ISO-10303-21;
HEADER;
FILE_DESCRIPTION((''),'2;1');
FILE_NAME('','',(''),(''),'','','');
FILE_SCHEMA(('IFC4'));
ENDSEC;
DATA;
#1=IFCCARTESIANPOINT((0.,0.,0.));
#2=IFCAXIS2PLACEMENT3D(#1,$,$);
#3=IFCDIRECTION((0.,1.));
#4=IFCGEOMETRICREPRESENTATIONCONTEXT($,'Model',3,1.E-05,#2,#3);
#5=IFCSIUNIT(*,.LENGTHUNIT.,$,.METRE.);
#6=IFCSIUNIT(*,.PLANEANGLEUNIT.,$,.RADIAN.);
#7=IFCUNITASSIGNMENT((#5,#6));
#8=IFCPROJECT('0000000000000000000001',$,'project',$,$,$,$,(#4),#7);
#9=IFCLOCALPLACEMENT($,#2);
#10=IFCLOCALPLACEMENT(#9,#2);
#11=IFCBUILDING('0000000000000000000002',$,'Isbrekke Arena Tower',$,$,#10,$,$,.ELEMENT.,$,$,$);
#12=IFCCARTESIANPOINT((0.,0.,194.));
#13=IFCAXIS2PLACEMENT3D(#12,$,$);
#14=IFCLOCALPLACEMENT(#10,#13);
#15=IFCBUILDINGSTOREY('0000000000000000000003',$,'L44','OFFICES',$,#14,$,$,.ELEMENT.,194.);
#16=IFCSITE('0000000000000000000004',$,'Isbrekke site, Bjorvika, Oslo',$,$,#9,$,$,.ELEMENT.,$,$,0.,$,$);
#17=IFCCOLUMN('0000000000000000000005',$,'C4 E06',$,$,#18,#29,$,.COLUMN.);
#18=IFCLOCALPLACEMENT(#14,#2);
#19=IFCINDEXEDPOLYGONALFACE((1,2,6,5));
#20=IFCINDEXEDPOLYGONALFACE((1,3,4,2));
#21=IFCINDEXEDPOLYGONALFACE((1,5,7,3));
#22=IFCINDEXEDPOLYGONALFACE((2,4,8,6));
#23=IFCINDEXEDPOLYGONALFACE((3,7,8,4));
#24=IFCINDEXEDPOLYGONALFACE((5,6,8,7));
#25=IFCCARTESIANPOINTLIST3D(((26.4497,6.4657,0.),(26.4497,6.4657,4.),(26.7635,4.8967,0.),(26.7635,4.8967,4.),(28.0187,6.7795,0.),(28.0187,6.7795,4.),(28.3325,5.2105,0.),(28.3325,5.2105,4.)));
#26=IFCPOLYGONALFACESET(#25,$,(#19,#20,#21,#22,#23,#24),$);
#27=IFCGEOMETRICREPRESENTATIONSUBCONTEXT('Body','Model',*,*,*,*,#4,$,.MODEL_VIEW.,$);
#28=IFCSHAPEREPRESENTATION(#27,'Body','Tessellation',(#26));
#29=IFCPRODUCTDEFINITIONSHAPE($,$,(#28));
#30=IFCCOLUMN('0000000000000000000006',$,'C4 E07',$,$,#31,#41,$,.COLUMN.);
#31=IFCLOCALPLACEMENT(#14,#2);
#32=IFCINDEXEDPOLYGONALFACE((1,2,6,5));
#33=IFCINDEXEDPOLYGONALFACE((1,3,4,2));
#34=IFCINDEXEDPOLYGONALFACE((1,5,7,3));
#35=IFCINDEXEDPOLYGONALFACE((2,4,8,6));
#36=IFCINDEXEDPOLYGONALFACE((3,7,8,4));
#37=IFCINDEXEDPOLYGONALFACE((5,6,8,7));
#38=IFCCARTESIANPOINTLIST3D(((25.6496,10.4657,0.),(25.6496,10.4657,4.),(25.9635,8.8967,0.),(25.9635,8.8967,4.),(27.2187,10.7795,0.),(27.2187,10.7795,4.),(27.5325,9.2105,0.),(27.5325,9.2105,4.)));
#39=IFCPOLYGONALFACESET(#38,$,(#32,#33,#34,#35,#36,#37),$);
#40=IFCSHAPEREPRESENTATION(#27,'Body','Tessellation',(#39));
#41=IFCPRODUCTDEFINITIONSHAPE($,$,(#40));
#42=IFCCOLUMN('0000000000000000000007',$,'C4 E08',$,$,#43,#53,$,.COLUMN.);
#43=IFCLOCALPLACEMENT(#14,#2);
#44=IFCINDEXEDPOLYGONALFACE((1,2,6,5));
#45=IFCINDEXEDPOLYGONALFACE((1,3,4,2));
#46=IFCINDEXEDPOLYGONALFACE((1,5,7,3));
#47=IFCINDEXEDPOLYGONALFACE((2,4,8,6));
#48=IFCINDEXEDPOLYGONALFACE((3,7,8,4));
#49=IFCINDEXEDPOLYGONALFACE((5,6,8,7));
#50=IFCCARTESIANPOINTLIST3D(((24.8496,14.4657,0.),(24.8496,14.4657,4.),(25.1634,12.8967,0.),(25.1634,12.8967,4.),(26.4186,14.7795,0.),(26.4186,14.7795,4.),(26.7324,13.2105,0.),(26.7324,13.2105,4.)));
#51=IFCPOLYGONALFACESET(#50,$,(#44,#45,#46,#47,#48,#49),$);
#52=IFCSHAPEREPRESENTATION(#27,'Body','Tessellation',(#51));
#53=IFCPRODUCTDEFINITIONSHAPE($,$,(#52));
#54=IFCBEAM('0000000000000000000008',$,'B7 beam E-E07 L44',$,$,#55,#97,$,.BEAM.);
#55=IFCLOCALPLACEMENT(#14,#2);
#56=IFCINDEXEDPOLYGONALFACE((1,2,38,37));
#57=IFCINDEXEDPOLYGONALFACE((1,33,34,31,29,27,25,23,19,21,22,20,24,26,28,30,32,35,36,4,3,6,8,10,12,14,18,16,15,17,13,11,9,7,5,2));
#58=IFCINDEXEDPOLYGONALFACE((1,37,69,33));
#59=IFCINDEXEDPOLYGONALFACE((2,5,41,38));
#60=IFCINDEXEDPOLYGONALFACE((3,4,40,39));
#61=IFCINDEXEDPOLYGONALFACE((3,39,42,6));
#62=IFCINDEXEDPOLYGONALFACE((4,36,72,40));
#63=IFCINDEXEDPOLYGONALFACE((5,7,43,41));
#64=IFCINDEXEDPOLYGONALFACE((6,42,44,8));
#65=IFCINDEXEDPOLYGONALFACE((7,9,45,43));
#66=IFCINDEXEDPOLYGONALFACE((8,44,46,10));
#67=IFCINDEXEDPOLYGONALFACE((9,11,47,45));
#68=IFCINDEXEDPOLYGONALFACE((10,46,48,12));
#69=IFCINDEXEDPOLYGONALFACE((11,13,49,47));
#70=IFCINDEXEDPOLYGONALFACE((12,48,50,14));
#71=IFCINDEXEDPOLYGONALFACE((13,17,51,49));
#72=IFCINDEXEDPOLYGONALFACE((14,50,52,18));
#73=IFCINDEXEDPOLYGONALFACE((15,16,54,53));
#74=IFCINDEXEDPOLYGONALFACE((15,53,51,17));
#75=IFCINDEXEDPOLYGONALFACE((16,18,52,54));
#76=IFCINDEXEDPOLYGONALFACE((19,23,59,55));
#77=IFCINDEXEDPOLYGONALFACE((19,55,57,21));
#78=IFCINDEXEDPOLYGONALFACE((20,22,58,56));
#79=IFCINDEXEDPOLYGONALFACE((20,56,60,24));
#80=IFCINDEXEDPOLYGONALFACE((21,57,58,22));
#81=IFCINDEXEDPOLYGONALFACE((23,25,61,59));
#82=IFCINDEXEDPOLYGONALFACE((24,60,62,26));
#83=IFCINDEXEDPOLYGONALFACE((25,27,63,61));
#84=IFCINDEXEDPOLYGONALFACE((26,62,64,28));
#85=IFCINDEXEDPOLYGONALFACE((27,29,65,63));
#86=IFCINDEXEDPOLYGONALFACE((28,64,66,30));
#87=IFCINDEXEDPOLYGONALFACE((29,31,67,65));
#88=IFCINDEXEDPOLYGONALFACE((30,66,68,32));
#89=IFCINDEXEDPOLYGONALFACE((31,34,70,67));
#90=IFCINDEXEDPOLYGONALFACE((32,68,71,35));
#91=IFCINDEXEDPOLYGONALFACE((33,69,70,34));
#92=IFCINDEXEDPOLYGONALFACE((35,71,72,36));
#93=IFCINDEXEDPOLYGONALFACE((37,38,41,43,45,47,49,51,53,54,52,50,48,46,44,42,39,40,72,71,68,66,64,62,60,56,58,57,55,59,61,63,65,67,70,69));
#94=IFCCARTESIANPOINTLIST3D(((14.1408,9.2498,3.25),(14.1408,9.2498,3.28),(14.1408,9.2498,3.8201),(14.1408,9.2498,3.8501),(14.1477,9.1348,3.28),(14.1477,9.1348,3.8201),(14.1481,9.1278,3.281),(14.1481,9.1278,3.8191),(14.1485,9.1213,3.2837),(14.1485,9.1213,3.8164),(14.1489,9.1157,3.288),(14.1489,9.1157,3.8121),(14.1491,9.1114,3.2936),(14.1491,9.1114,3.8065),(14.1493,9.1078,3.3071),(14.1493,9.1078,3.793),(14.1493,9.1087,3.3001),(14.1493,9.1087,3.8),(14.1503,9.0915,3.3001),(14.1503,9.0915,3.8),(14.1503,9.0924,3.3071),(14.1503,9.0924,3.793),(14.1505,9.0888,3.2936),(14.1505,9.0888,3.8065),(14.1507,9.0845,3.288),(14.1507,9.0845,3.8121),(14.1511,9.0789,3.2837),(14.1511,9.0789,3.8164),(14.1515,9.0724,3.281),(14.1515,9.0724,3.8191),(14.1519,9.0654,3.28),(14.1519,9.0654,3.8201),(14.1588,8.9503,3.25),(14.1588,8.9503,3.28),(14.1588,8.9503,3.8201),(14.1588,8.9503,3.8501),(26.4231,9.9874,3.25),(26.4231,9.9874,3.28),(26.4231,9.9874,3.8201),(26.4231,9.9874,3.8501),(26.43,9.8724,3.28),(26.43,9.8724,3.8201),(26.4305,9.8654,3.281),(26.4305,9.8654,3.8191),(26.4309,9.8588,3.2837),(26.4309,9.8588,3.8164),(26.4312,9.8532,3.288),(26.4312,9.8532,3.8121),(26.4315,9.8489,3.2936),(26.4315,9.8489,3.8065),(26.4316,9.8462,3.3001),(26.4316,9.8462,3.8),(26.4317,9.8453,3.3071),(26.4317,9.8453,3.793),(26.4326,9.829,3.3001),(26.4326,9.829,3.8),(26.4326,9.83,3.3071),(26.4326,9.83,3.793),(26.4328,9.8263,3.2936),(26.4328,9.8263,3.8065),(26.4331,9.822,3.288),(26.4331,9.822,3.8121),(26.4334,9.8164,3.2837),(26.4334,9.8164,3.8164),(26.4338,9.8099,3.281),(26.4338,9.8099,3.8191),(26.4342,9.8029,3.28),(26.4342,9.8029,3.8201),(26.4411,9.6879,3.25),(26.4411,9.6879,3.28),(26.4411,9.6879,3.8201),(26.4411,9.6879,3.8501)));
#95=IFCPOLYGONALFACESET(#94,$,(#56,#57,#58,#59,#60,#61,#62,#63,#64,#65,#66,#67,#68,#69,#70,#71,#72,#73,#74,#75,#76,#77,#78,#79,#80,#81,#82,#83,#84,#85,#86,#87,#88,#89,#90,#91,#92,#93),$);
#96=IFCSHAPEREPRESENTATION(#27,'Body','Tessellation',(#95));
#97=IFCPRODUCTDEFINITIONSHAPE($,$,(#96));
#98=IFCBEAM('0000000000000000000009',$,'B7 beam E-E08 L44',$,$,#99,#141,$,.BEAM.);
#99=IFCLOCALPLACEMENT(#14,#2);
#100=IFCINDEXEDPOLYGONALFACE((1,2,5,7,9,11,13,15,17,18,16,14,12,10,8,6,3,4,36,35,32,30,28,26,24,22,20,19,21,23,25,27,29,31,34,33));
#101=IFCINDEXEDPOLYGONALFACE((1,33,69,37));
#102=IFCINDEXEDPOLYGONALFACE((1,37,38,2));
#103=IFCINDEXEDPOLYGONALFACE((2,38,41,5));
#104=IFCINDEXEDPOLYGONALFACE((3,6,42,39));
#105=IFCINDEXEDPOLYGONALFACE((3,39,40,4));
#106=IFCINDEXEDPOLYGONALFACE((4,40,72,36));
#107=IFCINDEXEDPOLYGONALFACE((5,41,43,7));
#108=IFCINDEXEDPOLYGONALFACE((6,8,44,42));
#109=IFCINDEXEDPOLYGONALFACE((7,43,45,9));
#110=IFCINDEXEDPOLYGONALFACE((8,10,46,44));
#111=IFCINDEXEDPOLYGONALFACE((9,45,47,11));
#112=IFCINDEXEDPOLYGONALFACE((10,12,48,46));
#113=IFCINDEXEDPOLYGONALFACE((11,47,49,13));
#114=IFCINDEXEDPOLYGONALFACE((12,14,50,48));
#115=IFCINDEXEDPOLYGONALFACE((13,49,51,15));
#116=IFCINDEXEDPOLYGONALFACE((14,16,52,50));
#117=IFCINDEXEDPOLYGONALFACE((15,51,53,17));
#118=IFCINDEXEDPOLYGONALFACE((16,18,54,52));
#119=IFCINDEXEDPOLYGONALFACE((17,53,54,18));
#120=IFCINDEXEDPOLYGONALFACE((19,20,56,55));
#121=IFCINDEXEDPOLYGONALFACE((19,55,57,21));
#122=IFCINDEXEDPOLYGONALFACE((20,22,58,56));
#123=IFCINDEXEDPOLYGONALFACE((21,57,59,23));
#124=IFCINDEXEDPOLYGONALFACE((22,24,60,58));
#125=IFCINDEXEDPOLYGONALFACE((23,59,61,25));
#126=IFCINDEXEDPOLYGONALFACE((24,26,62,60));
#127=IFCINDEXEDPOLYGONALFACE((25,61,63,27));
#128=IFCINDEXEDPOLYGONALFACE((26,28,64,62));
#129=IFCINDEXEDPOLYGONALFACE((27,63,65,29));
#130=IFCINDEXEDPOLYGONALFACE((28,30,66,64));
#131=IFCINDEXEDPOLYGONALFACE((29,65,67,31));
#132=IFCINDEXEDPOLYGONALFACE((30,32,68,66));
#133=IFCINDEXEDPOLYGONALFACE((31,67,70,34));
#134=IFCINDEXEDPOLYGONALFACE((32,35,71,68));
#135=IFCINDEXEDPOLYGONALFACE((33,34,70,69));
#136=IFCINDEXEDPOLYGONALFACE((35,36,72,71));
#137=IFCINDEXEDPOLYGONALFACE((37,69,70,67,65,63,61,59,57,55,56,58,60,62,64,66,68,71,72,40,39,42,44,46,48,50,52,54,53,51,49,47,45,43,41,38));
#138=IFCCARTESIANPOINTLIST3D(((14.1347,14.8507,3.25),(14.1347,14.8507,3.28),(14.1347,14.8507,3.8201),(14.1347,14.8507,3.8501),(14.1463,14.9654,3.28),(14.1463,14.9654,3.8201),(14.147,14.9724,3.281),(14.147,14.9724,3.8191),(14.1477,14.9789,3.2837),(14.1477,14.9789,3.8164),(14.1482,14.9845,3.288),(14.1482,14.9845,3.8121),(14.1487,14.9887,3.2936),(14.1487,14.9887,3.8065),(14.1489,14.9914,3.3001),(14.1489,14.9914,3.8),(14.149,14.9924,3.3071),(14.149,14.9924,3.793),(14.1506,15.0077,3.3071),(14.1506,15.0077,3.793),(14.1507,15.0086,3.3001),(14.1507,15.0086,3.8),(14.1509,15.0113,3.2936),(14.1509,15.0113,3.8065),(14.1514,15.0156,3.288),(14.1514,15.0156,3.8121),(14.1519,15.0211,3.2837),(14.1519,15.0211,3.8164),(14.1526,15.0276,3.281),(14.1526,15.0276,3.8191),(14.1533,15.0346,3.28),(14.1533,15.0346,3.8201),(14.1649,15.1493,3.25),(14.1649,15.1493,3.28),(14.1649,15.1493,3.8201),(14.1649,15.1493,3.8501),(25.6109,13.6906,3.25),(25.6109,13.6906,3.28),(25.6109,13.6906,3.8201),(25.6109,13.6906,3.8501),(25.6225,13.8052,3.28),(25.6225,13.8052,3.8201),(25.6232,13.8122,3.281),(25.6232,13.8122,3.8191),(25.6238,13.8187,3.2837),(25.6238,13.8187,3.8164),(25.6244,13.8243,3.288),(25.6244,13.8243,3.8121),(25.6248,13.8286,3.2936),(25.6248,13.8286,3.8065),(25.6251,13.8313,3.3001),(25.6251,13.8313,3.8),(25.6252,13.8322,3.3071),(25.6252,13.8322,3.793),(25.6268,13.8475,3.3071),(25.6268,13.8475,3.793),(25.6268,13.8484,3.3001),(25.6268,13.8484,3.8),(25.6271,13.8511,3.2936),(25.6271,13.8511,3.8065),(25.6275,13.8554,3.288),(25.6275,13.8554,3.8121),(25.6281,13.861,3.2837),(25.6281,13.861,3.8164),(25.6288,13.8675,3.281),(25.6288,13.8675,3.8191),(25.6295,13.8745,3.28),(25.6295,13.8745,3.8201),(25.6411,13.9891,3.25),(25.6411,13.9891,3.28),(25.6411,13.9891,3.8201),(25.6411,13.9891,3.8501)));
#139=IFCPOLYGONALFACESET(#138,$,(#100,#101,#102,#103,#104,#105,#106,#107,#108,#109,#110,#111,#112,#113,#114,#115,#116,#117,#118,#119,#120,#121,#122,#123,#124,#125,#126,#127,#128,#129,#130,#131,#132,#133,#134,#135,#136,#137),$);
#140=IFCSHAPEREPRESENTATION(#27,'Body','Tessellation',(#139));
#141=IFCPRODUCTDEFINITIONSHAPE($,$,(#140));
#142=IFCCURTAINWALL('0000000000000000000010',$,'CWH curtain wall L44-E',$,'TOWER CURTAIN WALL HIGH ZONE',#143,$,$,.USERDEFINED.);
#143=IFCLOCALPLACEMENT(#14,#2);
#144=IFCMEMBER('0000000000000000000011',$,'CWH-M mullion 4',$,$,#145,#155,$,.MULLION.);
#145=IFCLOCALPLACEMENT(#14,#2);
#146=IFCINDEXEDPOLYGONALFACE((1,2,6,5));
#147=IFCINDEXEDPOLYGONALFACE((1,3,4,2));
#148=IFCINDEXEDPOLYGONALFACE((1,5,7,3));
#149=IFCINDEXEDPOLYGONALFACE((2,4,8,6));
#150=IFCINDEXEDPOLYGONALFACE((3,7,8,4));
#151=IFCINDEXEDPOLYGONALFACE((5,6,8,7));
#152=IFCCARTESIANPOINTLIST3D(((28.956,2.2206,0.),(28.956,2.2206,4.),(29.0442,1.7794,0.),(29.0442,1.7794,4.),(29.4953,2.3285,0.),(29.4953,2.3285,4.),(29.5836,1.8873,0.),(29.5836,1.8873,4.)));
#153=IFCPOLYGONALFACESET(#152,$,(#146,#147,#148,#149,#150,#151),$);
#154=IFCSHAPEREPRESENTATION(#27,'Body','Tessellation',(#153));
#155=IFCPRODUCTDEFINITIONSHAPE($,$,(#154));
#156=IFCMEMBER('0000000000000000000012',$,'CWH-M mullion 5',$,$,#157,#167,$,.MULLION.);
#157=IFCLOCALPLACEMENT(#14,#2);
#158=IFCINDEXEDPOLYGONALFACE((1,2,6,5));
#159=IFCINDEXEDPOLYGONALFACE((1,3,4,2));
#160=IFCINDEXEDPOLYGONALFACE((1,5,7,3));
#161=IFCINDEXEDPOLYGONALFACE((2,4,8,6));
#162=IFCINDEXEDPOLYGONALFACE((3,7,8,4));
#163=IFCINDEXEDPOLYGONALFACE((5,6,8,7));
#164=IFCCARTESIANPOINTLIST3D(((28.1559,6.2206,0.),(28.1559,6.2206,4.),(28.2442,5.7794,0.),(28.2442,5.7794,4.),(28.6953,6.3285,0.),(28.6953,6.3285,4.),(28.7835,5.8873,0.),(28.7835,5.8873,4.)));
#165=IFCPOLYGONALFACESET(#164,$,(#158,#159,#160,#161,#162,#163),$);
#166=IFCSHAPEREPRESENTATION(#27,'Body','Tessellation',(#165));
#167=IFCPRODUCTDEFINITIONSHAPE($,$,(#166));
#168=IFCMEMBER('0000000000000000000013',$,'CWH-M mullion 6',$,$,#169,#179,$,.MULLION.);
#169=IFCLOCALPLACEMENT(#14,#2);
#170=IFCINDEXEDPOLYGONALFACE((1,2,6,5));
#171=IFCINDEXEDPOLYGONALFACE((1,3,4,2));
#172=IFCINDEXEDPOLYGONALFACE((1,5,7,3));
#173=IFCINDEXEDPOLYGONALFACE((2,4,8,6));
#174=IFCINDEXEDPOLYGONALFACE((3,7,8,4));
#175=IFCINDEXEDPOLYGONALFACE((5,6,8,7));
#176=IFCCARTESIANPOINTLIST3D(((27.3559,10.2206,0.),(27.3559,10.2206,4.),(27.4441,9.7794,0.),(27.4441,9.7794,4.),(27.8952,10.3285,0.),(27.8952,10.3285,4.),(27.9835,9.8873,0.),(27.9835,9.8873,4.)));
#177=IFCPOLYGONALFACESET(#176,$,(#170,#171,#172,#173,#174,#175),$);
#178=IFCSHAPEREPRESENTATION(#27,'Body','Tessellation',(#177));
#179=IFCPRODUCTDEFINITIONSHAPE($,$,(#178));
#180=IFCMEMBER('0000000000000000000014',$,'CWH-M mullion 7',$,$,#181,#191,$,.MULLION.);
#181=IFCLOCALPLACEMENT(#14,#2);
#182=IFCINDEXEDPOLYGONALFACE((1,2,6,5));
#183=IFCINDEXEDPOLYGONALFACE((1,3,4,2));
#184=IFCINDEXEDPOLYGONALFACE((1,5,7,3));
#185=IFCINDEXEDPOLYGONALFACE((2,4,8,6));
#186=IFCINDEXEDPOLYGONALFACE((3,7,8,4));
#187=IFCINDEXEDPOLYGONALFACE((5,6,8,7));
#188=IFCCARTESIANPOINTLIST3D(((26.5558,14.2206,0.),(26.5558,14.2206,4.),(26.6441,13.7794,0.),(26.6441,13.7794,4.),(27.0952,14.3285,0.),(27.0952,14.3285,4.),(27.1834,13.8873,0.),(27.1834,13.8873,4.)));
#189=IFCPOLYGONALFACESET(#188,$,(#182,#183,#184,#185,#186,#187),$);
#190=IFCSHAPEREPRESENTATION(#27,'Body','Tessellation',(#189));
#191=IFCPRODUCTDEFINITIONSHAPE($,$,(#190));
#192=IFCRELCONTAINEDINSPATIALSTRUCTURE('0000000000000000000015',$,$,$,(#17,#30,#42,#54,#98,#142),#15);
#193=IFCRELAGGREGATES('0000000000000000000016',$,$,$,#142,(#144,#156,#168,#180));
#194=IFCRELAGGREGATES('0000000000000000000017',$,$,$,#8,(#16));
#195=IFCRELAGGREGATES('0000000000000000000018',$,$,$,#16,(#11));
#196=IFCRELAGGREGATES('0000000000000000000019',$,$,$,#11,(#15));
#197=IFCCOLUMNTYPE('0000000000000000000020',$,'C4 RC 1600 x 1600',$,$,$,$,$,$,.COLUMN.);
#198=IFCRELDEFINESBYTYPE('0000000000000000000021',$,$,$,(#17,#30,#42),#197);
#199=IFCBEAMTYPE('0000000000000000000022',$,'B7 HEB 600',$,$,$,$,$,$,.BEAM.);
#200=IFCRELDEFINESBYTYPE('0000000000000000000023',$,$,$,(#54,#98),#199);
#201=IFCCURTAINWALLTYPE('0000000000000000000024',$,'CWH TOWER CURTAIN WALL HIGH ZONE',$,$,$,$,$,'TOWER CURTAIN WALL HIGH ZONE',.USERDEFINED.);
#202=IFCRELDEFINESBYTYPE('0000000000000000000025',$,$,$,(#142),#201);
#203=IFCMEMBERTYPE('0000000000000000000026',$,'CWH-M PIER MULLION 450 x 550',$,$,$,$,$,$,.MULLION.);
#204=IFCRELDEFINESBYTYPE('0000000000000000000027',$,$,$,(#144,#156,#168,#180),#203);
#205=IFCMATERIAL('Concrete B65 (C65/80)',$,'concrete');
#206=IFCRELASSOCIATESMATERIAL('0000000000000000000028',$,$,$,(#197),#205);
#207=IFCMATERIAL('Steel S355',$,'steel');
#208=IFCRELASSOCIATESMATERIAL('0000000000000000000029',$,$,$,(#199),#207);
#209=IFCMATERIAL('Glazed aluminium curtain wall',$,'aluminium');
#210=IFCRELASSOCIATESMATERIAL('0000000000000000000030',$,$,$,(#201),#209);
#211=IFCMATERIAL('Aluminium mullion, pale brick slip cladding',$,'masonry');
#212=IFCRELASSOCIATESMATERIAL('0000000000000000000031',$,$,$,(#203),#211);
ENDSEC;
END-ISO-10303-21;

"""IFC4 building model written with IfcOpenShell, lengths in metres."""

from ifc_helpers import new_model, si_unit, direction, frame, origin, origin_2d, place, context, subcontext, project, spatial, rectangle, i_section, extrude, material, material_profile, profile_set, type_object, element, aggregate, save


model = new_model("IFC4")

# Units and contexts
model_context = context("Model", 3, precision=1e-05, world=origin(), true_north=direction((0.0, 1.0)))
body_context = subcontext(model_context, "Body", "Model", "MODEL_VIEW")
ifc_project = project(units=[si_unit("LENGTHUNIT", "METRE"), si_unit("PLANEANGLEUNIT", "RADIAN")], contexts=[model_context])

# Site, building, storey
site_placement = place(None, origin())
site = spatial("IfcSite", under=ifc_project, at=site_placement, Name="Isbrekke site, Bjorvika, Oslo", CompositionType="ELEMENT", RefElevation=0.0)
building_placement = place(site_placement, origin())
building = spatial("IfcBuilding", under=site, at=building_placement, Name="Isbrekke Arena Tower", CompositionType="ELEMENT")
storey_placement = place(building_placement, frame((0.0, 0.0, 194.0)))
storey = spatial("IfcBuildingStorey", under=building, at=storey_placement, Name="L44", Description="OFFICES", CompositionType="ELEMENT", Elevation=194.0)

# Columns
ifc_material_1 = material(Name="Concrete B65 (C65/80)", Category="concrete")
ifc_material_profile_1 = material_profile(ifc_material_1, rectangle(XDim=1.6001, YDim=1.6001, at=origin_2d()), Name="RC 1600x1600")
ifc_profile_set_1 = profile_set([ifc_material_profile_1], Name="Concrete B65 (C65/80)")
column_type = type_object("IfcColumnType", Name="C4 RC 1600 x 1600", PredefinedType="COLUMN", material=ifc_profile_set_1)
for number, where, z_axis, x_axis, name in (
    (1, (27.3911, 5.8381, 0.0), (0.0, 0.0, 1.0), (-0.196116, 0.980581, 0.0), "C4 E06"),
    (2, (26.5911, 9.8381, 0.0), (0.0, 0.0, 1.0), (-0.196116, 0.980581, 0.0), "C4 E07"),
    (3, (25.791, 13.8381, 0.0), (0.0, 0.0, 1.0), (-0.196116, 0.980581, 0.0), "C4 E08"),
):
    element("IfcColumn", number, at=place(storey_placement, frame(where, z_axis=z_axis, x_axis=x_axis)), inside=storey, type_object=column_type, Name=name, PredefinedType="COLUMN", context=body_context, shape_type="SweptSolid", body=[
        extrude(rectangle(XDim=1.6001, YDim=1.6001, at=origin_2d()), origin(), (0.0, 0.0, 1.0), 4.0),
    ])

# Beams
ifc_material_2 = material(Name="Steel S355", Category="steel")
ifc_material_profile_2 = material_profile(ifc_material_2, i_section(OverallWidth=0.3, OverallDepth=0.6001, WebThickness=0.0154, FlangeThickness=0.03, FilletRadius=0.0271, at=origin_2d()), Name="HEB 600")
ifc_profile_set_2 = profile_set([ifc_material_profile_2], Name="Steel S355")
beam_type_1 = type_object("IfcBeamType", Name="B7 HEB 600", PredefinedType="BEAM", material=ifc_profile_set_2)
beam_1_placement = place(storey_placement, frame((26.4321, 9.8376, 3.55), z_axis=(-0.998202, -0.059942, 0.0), x_axis=(0.059942, -0.998202, 0.0)))
element("IfcBeam", 4, at=beam_1_placement, inside=storey, type_object=beam_type_1, Name="B7 beam E-E07 L44", PredefinedType="BEAM", context=body_context, shape_type="SweptSolid", body=[
    extrude(i_section(OverallWidth=0.3, OverallDepth=0.6001, WebThickness=0.0154, FlangeThickness=0.03, FilletRadius=0.0271, at=origin_2d()), origin(), (0.0, 0.0, 1.0), 12.3044),
])
beam_2_placement = place(storey_placement, frame((25.626, 13.8398, 3.55), z_axis=(-0.994929, 0.100581, 0.0), x_axis=(-0.100581, -0.994929, 0.0)))
element("IfcBeam", 5, at=beam_2_placement, inside=storey, type_object=beam_type_1, Name="B7 beam E-E08 L44", PredefinedType="BEAM", context=body_context, shape_type="SweptSolid", body=[
    extrude(i_section(OverallWidth=0.3, OverallDepth=0.6001, WebThickness=0.0154, FlangeThickness=0.03, FilletRadius=0.0271, at=origin_2d()), origin(), (0.0, 0.0, 1.0), 11.5347),
])

# Curtain wall, members
ifc_material_3 = material(Name="Glazed aluminium curtain wall", Category="aluminium")
curtain_wall_type = type_object("IfcCurtainWallType", Name="CWH TOWER CURTAIN WALL HIGH ZONE", ElementType="TOWER CURTAIN WALL HIGH ZONE", PredefinedType="USERDEFINED", material=ifc_material_3)
curtain_wall_placement = place(storey_placement, origin())
curtain_wall = element("IfcCurtainWall", 6, at=curtain_wall_placement, inside=storey, type_object=curtain_wall_type, Name="CWH curtain wall L44-E", ObjectType="TOWER CURTAIN WALL HIGH ZONE", PredefinedType="USERDEFINED")
ifc_material_4 = material(Name="Aluminium mullion, pale brick slip cladding", Category="masonry")
ifc_material_profile_3 = material_profile(ifc_material_4, rectangle(XDim=0.45, YDim=0.55, at=origin_2d()), Name="PIER 450X550")
ifc_profile_set_3 = profile_set([ifc_material_profile_3], Name="Aluminium mullion, pale brick slip cladding")
member_type_1 = type_object("IfcMemberType", Name="CWH-M PIER MULLION 450 x 550", PredefinedType="MULLION", material=ifc_profile_set_3)
member_1_placement = place(storey_placement, frame((29.2698, 2.054, 0.0), z_axis=(0.0, 0.0, 1.0), x_axis=(-0.196116, 0.980581, 0.0)))
member_1 = element("IfcMember", 7, at=member_1_placement, type_object=member_type_1, Name="CWH-M mullion 4", PredefinedType="MULLION", context=body_context, shape_type="SweptSolid", body=[
    extrude(rectangle(XDim=0.45, YDim=0.55, at=origin_2d()), origin(), (0.0, 0.0, 1.0), 4.0),
])
member_2_placement = place(storey_placement, frame((28.4697, 6.054, 0.0), z_axis=(0.0, 0.0, 1.0), x_axis=(-0.196116, 0.980581, 0.0)))
member_2 = element("IfcMember", 8, at=member_2_placement, type_object=member_type_1, Name="CWH-M mullion 5", PredefinedType="MULLION", context=body_context, shape_type="SweptSolid", body=[
    extrude(rectangle(XDim=0.45, YDim=0.55, at=origin_2d()), origin(), (0.0, 0.0, 1.0), 4.0),
])
member_3_placement = place(storey_placement, frame((27.6697, 10.054, 0.0), z_axis=(0.0, 0.0, 1.0), x_axis=(-0.196116, 0.980581, 0.0)))
member_3 = element("IfcMember", 9, at=member_3_placement, type_object=member_type_1, Name="CWH-M mullion 6", PredefinedType="MULLION", context=body_context, shape_type="SweptSolid", body=[
    extrude(rectangle(XDim=0.45, YDim=0.55, at=origin_2d()), origin(), (0.0, 0.0, 1.0), 4.0),
])
member_4_placement = place(storey_placement, frame((26.8696, 14.054, 0.0), z_axis=(0.0, 0.0, 1.0), x_axis=(-0.196116, 0.980581, 0.0)))
member_4 = element("IfcMember", 10, at=member_4_placement, type_object=member_type_1, Name="CWH-M mullion 7", PredefinedType="MULLION", context=body_context, shape_type="SweptSolid", body=[
    extrude(rectangle(XDim=0.45, YDim=0.55, at=origin_2d()), origin(), (0.0, 0.0, 1.0), 4.0),
])

aggregate(curtain_wall, [member_1, member_2, member_3, member_4])

save(model, "model.ifc")
